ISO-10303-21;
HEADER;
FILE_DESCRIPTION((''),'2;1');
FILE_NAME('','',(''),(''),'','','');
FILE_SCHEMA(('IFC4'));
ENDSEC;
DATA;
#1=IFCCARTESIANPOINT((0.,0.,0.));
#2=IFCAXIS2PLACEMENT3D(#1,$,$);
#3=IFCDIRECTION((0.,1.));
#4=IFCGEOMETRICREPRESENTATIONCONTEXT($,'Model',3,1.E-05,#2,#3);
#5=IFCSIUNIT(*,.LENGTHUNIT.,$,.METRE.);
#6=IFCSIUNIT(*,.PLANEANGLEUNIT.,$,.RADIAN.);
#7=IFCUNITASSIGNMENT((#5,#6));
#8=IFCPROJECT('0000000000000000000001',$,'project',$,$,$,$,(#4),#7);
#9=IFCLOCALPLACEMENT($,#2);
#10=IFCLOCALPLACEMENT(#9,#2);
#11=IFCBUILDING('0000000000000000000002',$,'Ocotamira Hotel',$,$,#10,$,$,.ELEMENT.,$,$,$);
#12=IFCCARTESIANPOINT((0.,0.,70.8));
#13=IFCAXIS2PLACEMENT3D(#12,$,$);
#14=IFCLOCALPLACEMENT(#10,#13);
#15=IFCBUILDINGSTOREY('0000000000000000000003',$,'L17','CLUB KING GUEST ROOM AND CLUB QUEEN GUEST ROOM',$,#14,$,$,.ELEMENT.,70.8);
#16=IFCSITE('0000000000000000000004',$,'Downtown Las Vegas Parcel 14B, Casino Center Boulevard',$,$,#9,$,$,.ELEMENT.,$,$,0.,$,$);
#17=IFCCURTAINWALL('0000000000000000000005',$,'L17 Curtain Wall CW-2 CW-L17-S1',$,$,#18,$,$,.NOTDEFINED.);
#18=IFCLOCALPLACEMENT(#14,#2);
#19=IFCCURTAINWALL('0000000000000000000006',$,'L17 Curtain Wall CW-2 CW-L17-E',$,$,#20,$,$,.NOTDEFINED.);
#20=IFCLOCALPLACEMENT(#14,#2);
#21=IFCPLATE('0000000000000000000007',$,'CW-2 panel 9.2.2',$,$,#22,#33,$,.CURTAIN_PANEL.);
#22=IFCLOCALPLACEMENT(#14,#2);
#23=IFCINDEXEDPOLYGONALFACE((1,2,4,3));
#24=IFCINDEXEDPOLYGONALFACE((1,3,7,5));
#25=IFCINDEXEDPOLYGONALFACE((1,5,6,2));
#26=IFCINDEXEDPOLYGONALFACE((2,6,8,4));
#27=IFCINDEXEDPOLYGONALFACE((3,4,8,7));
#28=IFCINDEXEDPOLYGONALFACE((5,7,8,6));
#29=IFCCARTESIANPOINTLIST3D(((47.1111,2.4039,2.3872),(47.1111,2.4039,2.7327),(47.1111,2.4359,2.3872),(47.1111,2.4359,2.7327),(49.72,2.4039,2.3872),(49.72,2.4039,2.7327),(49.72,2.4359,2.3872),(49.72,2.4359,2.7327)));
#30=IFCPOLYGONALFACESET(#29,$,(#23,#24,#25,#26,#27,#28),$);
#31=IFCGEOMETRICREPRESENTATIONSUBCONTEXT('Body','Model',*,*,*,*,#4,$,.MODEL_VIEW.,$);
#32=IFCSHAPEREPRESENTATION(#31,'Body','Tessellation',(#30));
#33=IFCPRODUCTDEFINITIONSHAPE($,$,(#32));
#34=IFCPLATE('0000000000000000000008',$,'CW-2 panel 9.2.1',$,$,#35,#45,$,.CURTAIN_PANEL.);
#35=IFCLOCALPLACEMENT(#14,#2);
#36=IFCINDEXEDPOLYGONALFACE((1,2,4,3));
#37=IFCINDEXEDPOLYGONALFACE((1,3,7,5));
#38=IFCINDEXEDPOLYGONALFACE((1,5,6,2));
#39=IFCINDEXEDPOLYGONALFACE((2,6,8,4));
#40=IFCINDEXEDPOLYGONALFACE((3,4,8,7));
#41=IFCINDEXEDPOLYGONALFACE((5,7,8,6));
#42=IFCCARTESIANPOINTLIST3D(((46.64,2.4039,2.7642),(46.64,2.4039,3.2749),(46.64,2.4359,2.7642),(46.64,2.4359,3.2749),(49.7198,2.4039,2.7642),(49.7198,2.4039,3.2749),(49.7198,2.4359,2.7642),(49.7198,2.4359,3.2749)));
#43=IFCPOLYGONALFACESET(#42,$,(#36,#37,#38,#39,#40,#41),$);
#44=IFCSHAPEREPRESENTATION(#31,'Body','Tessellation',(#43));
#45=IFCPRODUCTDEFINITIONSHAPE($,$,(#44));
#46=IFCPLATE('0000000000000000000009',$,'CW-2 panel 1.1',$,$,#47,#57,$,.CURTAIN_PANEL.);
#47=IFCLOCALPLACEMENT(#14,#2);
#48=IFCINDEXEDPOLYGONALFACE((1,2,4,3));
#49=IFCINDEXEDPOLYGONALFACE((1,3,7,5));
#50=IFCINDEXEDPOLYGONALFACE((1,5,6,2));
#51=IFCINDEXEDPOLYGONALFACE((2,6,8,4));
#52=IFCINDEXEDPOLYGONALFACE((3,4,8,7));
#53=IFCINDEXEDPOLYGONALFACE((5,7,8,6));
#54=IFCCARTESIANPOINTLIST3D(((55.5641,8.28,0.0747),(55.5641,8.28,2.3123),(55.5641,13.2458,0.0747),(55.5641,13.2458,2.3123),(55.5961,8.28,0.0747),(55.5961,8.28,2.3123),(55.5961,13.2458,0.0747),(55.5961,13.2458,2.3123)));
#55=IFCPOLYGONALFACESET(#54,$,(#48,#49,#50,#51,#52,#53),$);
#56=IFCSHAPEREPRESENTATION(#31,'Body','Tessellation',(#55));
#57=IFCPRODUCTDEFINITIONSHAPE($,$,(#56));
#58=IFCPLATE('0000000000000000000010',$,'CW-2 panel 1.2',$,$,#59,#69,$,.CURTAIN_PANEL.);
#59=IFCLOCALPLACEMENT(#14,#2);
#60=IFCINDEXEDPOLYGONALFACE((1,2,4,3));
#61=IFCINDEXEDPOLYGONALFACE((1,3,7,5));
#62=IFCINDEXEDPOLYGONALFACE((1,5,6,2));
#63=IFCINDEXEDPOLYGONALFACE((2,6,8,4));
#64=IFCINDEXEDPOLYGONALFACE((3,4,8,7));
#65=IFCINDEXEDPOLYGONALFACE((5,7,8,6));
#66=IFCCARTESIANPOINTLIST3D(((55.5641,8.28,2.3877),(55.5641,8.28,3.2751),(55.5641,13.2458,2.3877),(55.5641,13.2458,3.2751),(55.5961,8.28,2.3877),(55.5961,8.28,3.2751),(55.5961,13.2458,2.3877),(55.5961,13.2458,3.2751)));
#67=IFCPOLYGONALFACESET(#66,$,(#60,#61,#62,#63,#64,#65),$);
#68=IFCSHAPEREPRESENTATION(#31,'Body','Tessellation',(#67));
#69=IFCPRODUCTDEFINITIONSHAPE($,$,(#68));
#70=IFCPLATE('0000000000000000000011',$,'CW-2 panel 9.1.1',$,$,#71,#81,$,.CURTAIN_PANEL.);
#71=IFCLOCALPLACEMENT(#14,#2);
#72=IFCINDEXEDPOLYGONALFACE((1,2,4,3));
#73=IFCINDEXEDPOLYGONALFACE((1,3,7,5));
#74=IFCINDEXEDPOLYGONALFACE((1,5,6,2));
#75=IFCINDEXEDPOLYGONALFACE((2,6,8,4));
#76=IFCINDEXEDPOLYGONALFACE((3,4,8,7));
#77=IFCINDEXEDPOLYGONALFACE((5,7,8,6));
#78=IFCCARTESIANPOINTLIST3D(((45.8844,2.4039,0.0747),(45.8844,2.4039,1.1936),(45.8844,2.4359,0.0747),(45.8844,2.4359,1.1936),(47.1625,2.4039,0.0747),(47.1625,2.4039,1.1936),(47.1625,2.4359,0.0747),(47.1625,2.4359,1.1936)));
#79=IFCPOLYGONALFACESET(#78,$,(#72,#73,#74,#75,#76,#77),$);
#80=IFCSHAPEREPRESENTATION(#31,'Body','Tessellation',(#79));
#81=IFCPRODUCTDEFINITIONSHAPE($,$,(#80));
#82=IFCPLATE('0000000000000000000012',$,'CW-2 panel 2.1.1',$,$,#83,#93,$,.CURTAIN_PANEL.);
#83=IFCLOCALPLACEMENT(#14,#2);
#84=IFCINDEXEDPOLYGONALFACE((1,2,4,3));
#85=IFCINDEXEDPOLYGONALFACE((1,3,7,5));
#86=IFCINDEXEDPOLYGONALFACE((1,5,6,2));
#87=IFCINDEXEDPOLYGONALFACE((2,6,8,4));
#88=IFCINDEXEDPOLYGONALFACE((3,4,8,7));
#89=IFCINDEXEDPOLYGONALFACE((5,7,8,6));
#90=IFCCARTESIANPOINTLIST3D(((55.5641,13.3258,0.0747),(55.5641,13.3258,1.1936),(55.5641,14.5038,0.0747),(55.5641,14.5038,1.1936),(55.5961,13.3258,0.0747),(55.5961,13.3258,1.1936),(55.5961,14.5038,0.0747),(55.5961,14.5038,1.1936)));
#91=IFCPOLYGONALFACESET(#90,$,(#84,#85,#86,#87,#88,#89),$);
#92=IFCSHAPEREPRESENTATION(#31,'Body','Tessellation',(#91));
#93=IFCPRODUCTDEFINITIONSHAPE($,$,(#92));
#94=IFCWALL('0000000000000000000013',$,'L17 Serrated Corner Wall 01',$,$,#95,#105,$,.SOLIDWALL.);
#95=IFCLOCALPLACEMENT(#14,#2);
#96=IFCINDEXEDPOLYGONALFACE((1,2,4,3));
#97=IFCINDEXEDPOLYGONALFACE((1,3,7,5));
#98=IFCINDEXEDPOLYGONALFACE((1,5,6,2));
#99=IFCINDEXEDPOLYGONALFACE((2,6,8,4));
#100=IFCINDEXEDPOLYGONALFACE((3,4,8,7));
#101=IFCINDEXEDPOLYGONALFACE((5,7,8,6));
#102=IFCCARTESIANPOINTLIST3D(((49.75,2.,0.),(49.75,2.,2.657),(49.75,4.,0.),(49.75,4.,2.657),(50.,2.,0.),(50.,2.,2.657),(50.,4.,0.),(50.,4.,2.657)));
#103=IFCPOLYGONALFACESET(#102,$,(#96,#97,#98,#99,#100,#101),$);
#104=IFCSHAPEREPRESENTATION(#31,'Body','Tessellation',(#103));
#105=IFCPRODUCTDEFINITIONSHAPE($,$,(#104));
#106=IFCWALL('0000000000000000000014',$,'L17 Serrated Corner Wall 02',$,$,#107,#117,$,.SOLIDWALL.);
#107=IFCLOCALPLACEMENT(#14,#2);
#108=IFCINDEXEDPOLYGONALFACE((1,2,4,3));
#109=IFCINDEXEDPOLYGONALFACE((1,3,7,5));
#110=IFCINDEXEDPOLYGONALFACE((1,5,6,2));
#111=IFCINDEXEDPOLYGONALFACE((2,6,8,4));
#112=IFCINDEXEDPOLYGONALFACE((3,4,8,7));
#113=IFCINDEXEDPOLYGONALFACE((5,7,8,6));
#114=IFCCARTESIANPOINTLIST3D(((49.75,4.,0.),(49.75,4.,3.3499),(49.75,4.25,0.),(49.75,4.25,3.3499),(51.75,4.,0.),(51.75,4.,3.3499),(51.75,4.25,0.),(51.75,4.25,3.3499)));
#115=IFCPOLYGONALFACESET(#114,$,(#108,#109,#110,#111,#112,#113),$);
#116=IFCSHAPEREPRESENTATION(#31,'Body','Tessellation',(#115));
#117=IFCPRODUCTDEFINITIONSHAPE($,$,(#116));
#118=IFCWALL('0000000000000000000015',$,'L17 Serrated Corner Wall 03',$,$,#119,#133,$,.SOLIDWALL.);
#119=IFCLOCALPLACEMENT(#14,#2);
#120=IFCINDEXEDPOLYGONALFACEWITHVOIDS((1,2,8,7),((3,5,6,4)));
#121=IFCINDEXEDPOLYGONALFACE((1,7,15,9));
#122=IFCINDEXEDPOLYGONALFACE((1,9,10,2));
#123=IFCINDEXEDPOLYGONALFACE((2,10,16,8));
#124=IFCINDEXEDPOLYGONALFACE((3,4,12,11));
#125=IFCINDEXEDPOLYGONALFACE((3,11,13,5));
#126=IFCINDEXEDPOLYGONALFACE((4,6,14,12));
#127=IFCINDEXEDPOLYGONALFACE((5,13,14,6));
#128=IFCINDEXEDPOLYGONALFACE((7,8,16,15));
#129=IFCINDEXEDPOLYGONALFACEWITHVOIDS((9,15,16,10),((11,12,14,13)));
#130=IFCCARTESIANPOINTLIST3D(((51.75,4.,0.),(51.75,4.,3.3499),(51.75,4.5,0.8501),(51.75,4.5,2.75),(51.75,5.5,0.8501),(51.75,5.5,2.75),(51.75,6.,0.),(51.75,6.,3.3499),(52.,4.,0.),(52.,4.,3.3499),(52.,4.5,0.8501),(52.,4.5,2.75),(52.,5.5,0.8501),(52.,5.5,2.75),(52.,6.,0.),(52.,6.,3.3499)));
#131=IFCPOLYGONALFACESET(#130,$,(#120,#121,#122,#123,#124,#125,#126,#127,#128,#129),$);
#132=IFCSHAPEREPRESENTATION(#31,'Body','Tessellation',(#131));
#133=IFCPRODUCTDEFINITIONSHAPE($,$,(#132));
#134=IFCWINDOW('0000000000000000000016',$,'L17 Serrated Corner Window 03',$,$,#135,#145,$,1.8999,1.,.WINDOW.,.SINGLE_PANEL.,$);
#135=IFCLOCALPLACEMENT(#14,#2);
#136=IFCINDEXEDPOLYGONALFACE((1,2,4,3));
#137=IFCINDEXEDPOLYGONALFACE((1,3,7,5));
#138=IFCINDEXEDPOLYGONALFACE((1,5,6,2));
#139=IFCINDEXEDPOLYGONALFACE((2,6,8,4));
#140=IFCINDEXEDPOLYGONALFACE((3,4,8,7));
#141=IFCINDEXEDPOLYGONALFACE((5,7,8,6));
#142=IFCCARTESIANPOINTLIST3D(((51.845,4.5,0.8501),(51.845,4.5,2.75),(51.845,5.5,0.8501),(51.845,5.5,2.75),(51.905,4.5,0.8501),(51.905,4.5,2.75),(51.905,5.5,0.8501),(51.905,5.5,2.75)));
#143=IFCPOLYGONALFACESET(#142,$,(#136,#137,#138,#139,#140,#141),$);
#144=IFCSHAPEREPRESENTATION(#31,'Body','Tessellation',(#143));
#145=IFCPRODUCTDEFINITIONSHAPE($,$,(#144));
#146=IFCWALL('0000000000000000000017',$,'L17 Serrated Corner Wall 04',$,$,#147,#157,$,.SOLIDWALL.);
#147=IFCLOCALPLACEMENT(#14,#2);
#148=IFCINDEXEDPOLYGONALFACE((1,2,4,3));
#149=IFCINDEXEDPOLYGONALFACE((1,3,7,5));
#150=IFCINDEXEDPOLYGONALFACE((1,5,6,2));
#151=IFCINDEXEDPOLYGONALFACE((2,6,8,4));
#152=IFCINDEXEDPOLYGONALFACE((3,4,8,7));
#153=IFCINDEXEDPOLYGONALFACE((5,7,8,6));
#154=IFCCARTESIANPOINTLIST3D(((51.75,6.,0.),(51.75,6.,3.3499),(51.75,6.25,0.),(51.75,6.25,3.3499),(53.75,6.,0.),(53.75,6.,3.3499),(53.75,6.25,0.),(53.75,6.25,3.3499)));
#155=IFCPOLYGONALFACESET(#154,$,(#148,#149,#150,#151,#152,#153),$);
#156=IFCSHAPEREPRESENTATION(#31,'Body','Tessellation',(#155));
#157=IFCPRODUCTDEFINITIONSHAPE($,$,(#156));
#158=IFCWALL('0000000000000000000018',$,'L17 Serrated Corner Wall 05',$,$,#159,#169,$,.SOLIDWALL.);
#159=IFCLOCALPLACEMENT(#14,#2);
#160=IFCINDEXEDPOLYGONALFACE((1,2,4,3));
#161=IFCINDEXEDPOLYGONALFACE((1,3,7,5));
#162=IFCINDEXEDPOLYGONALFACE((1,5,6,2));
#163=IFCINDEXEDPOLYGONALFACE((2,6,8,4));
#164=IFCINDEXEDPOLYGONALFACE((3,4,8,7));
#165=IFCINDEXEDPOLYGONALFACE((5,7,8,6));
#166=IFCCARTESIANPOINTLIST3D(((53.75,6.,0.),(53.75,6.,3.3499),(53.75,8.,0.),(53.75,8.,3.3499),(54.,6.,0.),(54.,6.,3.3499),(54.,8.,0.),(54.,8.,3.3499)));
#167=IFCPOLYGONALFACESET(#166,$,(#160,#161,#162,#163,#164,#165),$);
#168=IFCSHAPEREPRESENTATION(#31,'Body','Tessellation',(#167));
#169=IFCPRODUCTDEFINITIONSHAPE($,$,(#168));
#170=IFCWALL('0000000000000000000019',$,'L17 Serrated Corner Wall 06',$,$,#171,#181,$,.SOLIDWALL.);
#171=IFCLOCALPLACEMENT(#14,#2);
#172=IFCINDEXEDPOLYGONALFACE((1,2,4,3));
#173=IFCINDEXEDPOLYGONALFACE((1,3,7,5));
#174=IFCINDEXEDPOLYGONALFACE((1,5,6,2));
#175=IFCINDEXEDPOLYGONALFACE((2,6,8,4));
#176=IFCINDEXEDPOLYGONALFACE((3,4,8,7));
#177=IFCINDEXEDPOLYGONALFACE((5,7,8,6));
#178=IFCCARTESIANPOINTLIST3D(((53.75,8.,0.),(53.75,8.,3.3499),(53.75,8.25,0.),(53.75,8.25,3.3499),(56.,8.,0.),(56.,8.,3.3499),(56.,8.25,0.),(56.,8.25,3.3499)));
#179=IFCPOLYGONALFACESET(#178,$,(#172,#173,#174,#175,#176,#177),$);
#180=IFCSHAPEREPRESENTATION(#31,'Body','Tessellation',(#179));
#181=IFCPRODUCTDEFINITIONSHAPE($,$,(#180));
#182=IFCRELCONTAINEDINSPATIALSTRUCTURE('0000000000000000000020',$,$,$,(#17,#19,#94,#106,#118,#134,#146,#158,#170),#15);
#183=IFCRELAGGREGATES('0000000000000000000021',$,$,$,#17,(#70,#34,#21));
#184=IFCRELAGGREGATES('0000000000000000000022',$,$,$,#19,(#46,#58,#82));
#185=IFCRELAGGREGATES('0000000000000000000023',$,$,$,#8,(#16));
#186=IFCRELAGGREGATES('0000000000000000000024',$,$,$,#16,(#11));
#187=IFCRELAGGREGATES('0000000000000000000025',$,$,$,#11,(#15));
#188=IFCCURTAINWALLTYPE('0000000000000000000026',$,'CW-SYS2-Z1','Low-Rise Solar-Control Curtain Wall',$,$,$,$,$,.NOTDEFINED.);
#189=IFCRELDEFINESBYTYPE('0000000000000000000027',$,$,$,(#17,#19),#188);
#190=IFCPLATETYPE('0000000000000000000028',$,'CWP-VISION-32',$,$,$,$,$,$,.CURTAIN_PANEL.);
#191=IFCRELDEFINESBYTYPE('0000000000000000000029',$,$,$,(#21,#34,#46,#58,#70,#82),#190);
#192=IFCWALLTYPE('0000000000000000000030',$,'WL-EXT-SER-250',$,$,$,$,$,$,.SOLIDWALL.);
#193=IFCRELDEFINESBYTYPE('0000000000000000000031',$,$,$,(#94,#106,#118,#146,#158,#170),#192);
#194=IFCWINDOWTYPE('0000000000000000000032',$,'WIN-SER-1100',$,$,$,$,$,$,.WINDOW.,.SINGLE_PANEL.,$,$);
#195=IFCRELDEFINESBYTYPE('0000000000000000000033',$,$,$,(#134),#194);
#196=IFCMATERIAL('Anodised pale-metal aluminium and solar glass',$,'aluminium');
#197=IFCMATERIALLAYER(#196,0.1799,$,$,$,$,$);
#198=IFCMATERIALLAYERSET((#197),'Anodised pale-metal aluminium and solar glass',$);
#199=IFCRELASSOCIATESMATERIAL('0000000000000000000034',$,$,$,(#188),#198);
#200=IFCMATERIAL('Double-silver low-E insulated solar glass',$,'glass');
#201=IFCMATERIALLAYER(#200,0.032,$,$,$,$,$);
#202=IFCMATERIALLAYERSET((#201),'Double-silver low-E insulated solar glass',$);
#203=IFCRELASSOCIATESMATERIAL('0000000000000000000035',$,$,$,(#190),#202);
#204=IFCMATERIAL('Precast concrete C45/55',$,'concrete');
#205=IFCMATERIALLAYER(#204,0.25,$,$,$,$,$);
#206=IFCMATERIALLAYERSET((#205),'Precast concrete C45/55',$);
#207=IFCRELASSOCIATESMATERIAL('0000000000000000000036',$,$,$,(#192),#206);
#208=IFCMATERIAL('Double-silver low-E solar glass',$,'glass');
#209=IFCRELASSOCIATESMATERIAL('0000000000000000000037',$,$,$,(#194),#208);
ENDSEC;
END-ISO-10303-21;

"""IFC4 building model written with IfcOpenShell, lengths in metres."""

from ifc_helpers import new_model, si_unit, direction, frame, frame_2d, origin, origin_2d, place, context, subcontext, project, spatial, rectangle, extrude, source, transform, mapped, material, layer, layer_set, type_object, element, fill, aggregate, save


model = new_model("IFC4")

# Units and contexts
model_context = context("Model", 3, precision=1e-05, world=origin(), true_north=direction((0.0, 1.0)))
body_context = subcontext(model_context, "Body", "Model", "MODEL_VIEW")
ifc_project = project(units=[si_unit("LENGTHUNIT", "METRE"), si_unit("PLANEANGLEUNIT", "RADIAN")], contexts=[model_context])

# Site, building, storey
site_placement = place(None, origin())
site = spatial("IfcSite", under=ifc_project, at=site_placement, Name="Downtown Las Vegas Parcel 14B, Casino Center Boulevard", CompositionType="ELEMENT", RefElevation=0.0)
building_placement = place(site_placement, origin())
building = spatial("IfcBuilding", under=site, at=building_placement, Name="Ocotamira Hotel", CompositionType="ELEMENT")
storey_placement = place(building_placement, frame((0.0, 0.0, 70.8)))
storey = spatial("IfcBuildingStorey", under=building, at=storey_placement, Name="L17", Description="CLUB KING GUEST ROOM AND CLUB QUEEN GUEST ROOM", CompositionType="ELEMENT", Elevation=70.8)

# Curtain walls
ifc_material_1 = material(Name="Anodised pale-metal aluminium and solar glass", Category="aluminium")
ifc_layer_1 = layer(ifc_material_1, 0.1799)
ifc_layer_set_1 = layer_set([ifc_layer_1], Name="Anodised pale-metal aluminium and solar glass")
curtain_wall_type = type_object("IfcCurtainWallType", Name="CW-SYS2-Z1", Description="Low-Rise Solar-Control Curtain Wall", PredefinedType="NOTDEFINED", material=ifc_layer_set_1)
curtain_wall_1_placement = place(storey_placement, origin())
curtain_wall_1 = element("IfcCurtainWall", 1, at=curtain_wall_1_placement, inside=storey, type_object=curtain_wall_type, Name="L17 Curtain Wall CW-2 CW-L17-S1", PredefinedType="NOTDEFINED")
curtain_wall_2_placement = place(storey_placement, origin())
curtain_wall_2 = element("IfcCurtainWall", 2, at=curtain_wall_2_placement, inside=storey, type_object=curtain_wall_type, Name="L17 Curtain Wall CW-2 CW-L17-E", PredefinedType="NOTDEFINED")

# Plates
ifc_material_2 = material(Name="Double-silver low-E insulated solar glass", Category="glass")
ifc_layer_2 = layer(ifc_material_2, 0.032)
ifc_layer_set_2 = layer_set([ifc_layer_2], Name="Double-silver low-E insulated solar glass")
plate_type_1 = type_object("IfcPlateType", Name="CWP-VISION-32", PredefinedType="CURTAIN_PANEL", material=ifc_layer_set_2)
shared_shape_1 = source(origin(), body_context, "Body", "SweptSolid", [
    extrude(rectangle(XDim=2.6089, YDim=0.032, at=origin_2d()), origin(), (0.0, 0.0, 1.0), 0.3455),
])
plate_1_placement = place(storey_placement, frame((48.4155, 2.4199, 2.3872), z_axis=(0.0, 0.0, 1.0), x_axis=(1.0, 0.0, 0.0)))
plate_1 = element("IfcPlate", 3, at=plate_1_placement, type_object=plate_type_1, Name="CW-2 panel 9.2.2", PredefinedType="CURTAIN_PANEL", context=body_context, shape_type="MappedRepresentation", body=[
    mapped(shared_shape_1, transform((0.0, 0.0, 0.0), scale=1.0)),
])
shared_shape_2 = source(origin(), body_context, "Body", "SweptSolid", [
    extrude(rectangle(XDim=3.0798, YDim=0.032, at=origin_2d()), origin(), (0.0, 0.0, 1.0), 0.5107),
])
plate_2_placement = place(storey_placement, frame((48.1799, 2.4199, 2.7642), z_axis=(0.0, 0.0, 1.0), x_axis=(1.0, 0.0, 0.0)))
plate_2 = element("IfcPlate", 4, at=plate_2_placement, type_object=plate_type_1, Name="CW-2 panel 9.2.1", PredefinedType="CURTAIN_PANEL", context=body_context, shape_type="MappedRepresentation", body=[
    mapped(shared_shape_2, transform((0.0, 0.0, 0.0), scale=1.0)),
])
shared_shape_3 = source(origin(), body_context, "Body", "SweptSolid", [
    extrude(rectangle(XDim=4.9658, YDim=0.032, at=origin_2d()), origin(), (0.0, 0.0, 1.0), 2.2375),
])
plate_3_placement = place(storey_placement, frame((55.5801, 10.7629, 0.0747), z_axis=(0.0, 0.0, 1.0), x_axis=(0.0, 1.0, 0.0)))
plate_3 = element("IfcPlate", 5, at=plate_3_placement, type_object=plate_type_1, Name="CW-2 panel 1.1", PredefinedType="CURTAIN_PANEL", context=body_context, shape_type="MappedRepresentation", body=[
    mapped(shared_shape_3, transform((0.0, 0.0, 0.0), scale=1.0)),
])
shared_shape_4 = source(origin(), body_context, "Body", "SweptSolid", [
    extrude(rectangle(XDim=4.9658, YDim=0.032, at=origin_2d()), origin(), (0.0, 0.0, 1.0), 0.8875),
])
plate_4_placement = place(storey_placement, frame((55.5801, 10.7629, 2.3877), z_axis=(0.0, 0.0, 1.0), x_axis=(0.0, 1.0, 0.0)))
plate_4 = element("IfcPlate", 6, at=plate_4_placement, type_object=plate_type_1, Name="CW-2 panel 1.2", PredefinedType="CURTAIN_PANEL", context=body_context, shape_type="MappedRepresentation", body=[
    mapped(shared_shape_4, transform((0.0, 0.0, 0.0), scale=1.0)),
])
shared_shape_5 = source(origin(), body_context, "Body", "SweptSolid", [
    extrude(rectangle(XDim=1.2781, YDim=0.032, at=origin_2d()), origin(), (0.0, 0.0, 1.0), 1.1189),
])
plate_5_placement = place(storey_placement, frame((46.5234, 2.4199, 0.0747), z_axis=(0.0, 0.0, 1.0), x_axis=(1.0, 0.0, 0.0)))
plate_5 = element("IfcPlate", 7, at=plate_5_placement, type_object=plate_type_1, Name="CW-2 panel 9.1.1", PredefinedType="CURTAIN_PANEL", context=body_context, shape_type="MappedRepresentation", body=[
    mapped(shared_shape_5, transform((0.0, 0.0, 0.0), scale=1.0)),
])
aggregate(curtain_wall_1, [plate_5, plate_2, plate_1])
shared_shape_6 = source(origin(), body_context, "Body", "SweptSolid", [
    extrude(rectangle(XDim=1.178, YDim=0.032, at=origin_2d()), origin(), (0.0, 0.0, 1.0), 1.1189),
])
plate_6_placement = place(storey_placement, frame((55.5801, 13.9148, 0.0747), z_axis=(0.0, 0.0, 1.0), x_axis=(0.0, 1.0, 0.0)))
plate_6 = element("IfcPlate", 8, at=plate_6_placement, type_object=plate_type_1, Name="CW-2 panel 2.1.1", PredefinedType="CURTAIN_PANEL", context=body_context, shape_type="MappedRepresentation", body=[
    mapped(shared_shape_6, transform((0.0, 0.0, 0.0), scale=1.0)),
])
aggregate(curtain_wall_2, [plate_3, plate_4, plate_6])

# Walls
ifc_material_3 = material(Name="Precast concrete C45/55", Category="concrete")
ifc_layer_3 = layer(ifc_material_3, 0.25)
ifc_layer_set_3 = layer_set([ifc_layer_3], Name="Precast concrete C45/55")
wall_type_1 = type_object("IfcWallType", Name="WL-EXT-SER-250", PredefinedType="SOLIDWALL", material=ifc_layer_set_3)
wall_1_placement = place(storey_placement, frame((49.875, 2.0, 0.0), z_axis=(0.0, 0.0, 1.0), x_axis=(0.0, 1.0, 0.0)))
element("IfcWall", 9, at=wall_1_placement, inside=storey, type_object=wall_type_1, Name="L17 Serrated Corner Wall 01", PredefinedType="SOLIDWALL", context=body_context, shape_type="SweptSolid", body=[
    extrude(rectangle(XDim=2.0, YDim=0.25, at=frame_2d((1.0, 0.0))), origin(), (0.0, 0.0, 1.0), 2.657),
])
wall_2_placement = place(storey_placement, frame((49.75, 4.125, 0.0), z_axis=(0.0, 0.0, 1.0), x_axis=(1.0, 0.0, 0.0)))
element("IfcWall", 10, at=wall_2_placement, inside=storey, type_object=wall_type_1, Name="L17 Serrated Corner Wall 02", PredefinedType="SOLIDWALL", context=body_context, shape_type="SweptSolid", body=[
    extrude(rectangle(XDim=2.0, YDim=0.25, at=frame_2d((1.0, 0.0))), origin(), (0.0, 0.0, 1.0), 3.3499),
])

# Wall, opening, window
wall_3_placement = place(storey_placement, frame((51.875, 4.0, 0.0), z_axis=(0.0, 0.0, 1.0), x_axis=(0.0, 1.0, 0.0)))
wall_3 = element("IfcWall", 11, at=wall_3_placement, inside=storey, type_object=wall_type_1, Name="L17 Serrated Corner Wall 03", PredefinedType="SOLIDWALL", context=body_context, shape_type="SweptSolid", body=[
    extrude(rectangle(XDim=2.0, YDim=0.25, at=frame_2d((1.0, 0.0))), origin(), (0.0, 0.0, 1.0), 3.3499),
])
opening_1_placement = place(wall_3_placement, frame((0.5, 0.0, 0.8501)))
opening_1 = element("IfcOpeningElement", 12, at=opening_1_placement, cuts=wall_3, PredefinedType="OPENING", context=body_context, shape_type="SweptSolid", body=[
    extrude(rectangle(XDim=1.0, YDim=1.8999, at=frame_2d((0.5, 0.95))), frame((0.0, 0.135, 0.0), z_axis=(0.0, -1.0, 0.0), x_axis=(1.0, 0.0, 0.0)), (0.0, 0.0, 1.0), 0.27),
])
ifc_material_4 = material(Name="Double-silver low-E solar glass", Category="glass")
window_type = type_object("IfcWindowType", Name="WIN-SER-1100", PartitioningType="SINGLE_PANEL", PredefinedType="WINDOW", material=ifc_material_4)
shared_shape_7 = source(origin(), body_context, "Body", "SweptSolid", [
    extrude(rectangle(XDim=1.0, YDim=1.8999, at=frame_2d((0.5, 0.95))), frame((0.0, 0.03, 0.0), z_axis=(0.0, -1.0, 0.0), x_axis=(1.0, 0.0, 0.0)), (0.0, 0.0, 1.0), 0.0601),
])
window_placement = place(opening_1_placement, origin())
window = element("IfcWindow", 13, at=window_placement, inside=storey, type_object=window_type, Name="L17 Serrated Corner Window 03", OverallHeight=1.8999, OverallWidth=1.0, PartitioningType="SINGLE_PANEL", PredefinedType="WINDOW", context=body_context, shape_type="MappedRepresentation", body=[
    mapped(shared_shape_7, transform((0.0, 0.0, 0.0), scale=1.0)),
])
fill(opening_1, window)

# Walls
for number, where, z_axis, x_axis, name in (
    (14, (51.75, 6.125, 0.0), (0.0, 0.0, 1.0), (1.0, 0.0, 0.0), "L17 Serrated Corner Wall 04"),
    (15, (53.875, 6.0, 0.0), (0.0, 0.0, 1.0), (0.0, 1.0, 0.0), "L17 Serrated Corner Wall 05"),
):
    element("IfcWall", number, at=place(storey_placement, frame(where, z_axis=z_axis, x_axis=x_axis)), inside=storey, type_object=wall_type_1, Name=name, PredefinedType="SOLIDWALL", context=body_context, shape_type="SweptSolid", body=[
        extrude(rectangle(XDim=2.0, YDim=0.25, at=frame_2d((1.0, 0.0))), origin(), (0.0, 0.0, 1.0), 3.3499),
    ])
wall_4_placement = place(storey_placement, frame((53.75, 8.125, 0.0), z_axis=(0.0, 0.0, 1.0), x_axis=(1.0, 0.0, 0.0)))
element("IfcWall", 16, at=wall_4_placement, inside=storey, type_object=wall_type_1, Name="L17 Serrated Corner Wall 06", PredefinedType="SOLIDWALL", context=body_context, shape_type="SweptSolid", body=[
    extrude(rectangle(XDim=2.25, YDim=0.25, at=frame_2d((1.125, 0.0))), origin(), (0.0, 0.0, 1.0), 3.3499),
])

save(model, "model.ifc")
